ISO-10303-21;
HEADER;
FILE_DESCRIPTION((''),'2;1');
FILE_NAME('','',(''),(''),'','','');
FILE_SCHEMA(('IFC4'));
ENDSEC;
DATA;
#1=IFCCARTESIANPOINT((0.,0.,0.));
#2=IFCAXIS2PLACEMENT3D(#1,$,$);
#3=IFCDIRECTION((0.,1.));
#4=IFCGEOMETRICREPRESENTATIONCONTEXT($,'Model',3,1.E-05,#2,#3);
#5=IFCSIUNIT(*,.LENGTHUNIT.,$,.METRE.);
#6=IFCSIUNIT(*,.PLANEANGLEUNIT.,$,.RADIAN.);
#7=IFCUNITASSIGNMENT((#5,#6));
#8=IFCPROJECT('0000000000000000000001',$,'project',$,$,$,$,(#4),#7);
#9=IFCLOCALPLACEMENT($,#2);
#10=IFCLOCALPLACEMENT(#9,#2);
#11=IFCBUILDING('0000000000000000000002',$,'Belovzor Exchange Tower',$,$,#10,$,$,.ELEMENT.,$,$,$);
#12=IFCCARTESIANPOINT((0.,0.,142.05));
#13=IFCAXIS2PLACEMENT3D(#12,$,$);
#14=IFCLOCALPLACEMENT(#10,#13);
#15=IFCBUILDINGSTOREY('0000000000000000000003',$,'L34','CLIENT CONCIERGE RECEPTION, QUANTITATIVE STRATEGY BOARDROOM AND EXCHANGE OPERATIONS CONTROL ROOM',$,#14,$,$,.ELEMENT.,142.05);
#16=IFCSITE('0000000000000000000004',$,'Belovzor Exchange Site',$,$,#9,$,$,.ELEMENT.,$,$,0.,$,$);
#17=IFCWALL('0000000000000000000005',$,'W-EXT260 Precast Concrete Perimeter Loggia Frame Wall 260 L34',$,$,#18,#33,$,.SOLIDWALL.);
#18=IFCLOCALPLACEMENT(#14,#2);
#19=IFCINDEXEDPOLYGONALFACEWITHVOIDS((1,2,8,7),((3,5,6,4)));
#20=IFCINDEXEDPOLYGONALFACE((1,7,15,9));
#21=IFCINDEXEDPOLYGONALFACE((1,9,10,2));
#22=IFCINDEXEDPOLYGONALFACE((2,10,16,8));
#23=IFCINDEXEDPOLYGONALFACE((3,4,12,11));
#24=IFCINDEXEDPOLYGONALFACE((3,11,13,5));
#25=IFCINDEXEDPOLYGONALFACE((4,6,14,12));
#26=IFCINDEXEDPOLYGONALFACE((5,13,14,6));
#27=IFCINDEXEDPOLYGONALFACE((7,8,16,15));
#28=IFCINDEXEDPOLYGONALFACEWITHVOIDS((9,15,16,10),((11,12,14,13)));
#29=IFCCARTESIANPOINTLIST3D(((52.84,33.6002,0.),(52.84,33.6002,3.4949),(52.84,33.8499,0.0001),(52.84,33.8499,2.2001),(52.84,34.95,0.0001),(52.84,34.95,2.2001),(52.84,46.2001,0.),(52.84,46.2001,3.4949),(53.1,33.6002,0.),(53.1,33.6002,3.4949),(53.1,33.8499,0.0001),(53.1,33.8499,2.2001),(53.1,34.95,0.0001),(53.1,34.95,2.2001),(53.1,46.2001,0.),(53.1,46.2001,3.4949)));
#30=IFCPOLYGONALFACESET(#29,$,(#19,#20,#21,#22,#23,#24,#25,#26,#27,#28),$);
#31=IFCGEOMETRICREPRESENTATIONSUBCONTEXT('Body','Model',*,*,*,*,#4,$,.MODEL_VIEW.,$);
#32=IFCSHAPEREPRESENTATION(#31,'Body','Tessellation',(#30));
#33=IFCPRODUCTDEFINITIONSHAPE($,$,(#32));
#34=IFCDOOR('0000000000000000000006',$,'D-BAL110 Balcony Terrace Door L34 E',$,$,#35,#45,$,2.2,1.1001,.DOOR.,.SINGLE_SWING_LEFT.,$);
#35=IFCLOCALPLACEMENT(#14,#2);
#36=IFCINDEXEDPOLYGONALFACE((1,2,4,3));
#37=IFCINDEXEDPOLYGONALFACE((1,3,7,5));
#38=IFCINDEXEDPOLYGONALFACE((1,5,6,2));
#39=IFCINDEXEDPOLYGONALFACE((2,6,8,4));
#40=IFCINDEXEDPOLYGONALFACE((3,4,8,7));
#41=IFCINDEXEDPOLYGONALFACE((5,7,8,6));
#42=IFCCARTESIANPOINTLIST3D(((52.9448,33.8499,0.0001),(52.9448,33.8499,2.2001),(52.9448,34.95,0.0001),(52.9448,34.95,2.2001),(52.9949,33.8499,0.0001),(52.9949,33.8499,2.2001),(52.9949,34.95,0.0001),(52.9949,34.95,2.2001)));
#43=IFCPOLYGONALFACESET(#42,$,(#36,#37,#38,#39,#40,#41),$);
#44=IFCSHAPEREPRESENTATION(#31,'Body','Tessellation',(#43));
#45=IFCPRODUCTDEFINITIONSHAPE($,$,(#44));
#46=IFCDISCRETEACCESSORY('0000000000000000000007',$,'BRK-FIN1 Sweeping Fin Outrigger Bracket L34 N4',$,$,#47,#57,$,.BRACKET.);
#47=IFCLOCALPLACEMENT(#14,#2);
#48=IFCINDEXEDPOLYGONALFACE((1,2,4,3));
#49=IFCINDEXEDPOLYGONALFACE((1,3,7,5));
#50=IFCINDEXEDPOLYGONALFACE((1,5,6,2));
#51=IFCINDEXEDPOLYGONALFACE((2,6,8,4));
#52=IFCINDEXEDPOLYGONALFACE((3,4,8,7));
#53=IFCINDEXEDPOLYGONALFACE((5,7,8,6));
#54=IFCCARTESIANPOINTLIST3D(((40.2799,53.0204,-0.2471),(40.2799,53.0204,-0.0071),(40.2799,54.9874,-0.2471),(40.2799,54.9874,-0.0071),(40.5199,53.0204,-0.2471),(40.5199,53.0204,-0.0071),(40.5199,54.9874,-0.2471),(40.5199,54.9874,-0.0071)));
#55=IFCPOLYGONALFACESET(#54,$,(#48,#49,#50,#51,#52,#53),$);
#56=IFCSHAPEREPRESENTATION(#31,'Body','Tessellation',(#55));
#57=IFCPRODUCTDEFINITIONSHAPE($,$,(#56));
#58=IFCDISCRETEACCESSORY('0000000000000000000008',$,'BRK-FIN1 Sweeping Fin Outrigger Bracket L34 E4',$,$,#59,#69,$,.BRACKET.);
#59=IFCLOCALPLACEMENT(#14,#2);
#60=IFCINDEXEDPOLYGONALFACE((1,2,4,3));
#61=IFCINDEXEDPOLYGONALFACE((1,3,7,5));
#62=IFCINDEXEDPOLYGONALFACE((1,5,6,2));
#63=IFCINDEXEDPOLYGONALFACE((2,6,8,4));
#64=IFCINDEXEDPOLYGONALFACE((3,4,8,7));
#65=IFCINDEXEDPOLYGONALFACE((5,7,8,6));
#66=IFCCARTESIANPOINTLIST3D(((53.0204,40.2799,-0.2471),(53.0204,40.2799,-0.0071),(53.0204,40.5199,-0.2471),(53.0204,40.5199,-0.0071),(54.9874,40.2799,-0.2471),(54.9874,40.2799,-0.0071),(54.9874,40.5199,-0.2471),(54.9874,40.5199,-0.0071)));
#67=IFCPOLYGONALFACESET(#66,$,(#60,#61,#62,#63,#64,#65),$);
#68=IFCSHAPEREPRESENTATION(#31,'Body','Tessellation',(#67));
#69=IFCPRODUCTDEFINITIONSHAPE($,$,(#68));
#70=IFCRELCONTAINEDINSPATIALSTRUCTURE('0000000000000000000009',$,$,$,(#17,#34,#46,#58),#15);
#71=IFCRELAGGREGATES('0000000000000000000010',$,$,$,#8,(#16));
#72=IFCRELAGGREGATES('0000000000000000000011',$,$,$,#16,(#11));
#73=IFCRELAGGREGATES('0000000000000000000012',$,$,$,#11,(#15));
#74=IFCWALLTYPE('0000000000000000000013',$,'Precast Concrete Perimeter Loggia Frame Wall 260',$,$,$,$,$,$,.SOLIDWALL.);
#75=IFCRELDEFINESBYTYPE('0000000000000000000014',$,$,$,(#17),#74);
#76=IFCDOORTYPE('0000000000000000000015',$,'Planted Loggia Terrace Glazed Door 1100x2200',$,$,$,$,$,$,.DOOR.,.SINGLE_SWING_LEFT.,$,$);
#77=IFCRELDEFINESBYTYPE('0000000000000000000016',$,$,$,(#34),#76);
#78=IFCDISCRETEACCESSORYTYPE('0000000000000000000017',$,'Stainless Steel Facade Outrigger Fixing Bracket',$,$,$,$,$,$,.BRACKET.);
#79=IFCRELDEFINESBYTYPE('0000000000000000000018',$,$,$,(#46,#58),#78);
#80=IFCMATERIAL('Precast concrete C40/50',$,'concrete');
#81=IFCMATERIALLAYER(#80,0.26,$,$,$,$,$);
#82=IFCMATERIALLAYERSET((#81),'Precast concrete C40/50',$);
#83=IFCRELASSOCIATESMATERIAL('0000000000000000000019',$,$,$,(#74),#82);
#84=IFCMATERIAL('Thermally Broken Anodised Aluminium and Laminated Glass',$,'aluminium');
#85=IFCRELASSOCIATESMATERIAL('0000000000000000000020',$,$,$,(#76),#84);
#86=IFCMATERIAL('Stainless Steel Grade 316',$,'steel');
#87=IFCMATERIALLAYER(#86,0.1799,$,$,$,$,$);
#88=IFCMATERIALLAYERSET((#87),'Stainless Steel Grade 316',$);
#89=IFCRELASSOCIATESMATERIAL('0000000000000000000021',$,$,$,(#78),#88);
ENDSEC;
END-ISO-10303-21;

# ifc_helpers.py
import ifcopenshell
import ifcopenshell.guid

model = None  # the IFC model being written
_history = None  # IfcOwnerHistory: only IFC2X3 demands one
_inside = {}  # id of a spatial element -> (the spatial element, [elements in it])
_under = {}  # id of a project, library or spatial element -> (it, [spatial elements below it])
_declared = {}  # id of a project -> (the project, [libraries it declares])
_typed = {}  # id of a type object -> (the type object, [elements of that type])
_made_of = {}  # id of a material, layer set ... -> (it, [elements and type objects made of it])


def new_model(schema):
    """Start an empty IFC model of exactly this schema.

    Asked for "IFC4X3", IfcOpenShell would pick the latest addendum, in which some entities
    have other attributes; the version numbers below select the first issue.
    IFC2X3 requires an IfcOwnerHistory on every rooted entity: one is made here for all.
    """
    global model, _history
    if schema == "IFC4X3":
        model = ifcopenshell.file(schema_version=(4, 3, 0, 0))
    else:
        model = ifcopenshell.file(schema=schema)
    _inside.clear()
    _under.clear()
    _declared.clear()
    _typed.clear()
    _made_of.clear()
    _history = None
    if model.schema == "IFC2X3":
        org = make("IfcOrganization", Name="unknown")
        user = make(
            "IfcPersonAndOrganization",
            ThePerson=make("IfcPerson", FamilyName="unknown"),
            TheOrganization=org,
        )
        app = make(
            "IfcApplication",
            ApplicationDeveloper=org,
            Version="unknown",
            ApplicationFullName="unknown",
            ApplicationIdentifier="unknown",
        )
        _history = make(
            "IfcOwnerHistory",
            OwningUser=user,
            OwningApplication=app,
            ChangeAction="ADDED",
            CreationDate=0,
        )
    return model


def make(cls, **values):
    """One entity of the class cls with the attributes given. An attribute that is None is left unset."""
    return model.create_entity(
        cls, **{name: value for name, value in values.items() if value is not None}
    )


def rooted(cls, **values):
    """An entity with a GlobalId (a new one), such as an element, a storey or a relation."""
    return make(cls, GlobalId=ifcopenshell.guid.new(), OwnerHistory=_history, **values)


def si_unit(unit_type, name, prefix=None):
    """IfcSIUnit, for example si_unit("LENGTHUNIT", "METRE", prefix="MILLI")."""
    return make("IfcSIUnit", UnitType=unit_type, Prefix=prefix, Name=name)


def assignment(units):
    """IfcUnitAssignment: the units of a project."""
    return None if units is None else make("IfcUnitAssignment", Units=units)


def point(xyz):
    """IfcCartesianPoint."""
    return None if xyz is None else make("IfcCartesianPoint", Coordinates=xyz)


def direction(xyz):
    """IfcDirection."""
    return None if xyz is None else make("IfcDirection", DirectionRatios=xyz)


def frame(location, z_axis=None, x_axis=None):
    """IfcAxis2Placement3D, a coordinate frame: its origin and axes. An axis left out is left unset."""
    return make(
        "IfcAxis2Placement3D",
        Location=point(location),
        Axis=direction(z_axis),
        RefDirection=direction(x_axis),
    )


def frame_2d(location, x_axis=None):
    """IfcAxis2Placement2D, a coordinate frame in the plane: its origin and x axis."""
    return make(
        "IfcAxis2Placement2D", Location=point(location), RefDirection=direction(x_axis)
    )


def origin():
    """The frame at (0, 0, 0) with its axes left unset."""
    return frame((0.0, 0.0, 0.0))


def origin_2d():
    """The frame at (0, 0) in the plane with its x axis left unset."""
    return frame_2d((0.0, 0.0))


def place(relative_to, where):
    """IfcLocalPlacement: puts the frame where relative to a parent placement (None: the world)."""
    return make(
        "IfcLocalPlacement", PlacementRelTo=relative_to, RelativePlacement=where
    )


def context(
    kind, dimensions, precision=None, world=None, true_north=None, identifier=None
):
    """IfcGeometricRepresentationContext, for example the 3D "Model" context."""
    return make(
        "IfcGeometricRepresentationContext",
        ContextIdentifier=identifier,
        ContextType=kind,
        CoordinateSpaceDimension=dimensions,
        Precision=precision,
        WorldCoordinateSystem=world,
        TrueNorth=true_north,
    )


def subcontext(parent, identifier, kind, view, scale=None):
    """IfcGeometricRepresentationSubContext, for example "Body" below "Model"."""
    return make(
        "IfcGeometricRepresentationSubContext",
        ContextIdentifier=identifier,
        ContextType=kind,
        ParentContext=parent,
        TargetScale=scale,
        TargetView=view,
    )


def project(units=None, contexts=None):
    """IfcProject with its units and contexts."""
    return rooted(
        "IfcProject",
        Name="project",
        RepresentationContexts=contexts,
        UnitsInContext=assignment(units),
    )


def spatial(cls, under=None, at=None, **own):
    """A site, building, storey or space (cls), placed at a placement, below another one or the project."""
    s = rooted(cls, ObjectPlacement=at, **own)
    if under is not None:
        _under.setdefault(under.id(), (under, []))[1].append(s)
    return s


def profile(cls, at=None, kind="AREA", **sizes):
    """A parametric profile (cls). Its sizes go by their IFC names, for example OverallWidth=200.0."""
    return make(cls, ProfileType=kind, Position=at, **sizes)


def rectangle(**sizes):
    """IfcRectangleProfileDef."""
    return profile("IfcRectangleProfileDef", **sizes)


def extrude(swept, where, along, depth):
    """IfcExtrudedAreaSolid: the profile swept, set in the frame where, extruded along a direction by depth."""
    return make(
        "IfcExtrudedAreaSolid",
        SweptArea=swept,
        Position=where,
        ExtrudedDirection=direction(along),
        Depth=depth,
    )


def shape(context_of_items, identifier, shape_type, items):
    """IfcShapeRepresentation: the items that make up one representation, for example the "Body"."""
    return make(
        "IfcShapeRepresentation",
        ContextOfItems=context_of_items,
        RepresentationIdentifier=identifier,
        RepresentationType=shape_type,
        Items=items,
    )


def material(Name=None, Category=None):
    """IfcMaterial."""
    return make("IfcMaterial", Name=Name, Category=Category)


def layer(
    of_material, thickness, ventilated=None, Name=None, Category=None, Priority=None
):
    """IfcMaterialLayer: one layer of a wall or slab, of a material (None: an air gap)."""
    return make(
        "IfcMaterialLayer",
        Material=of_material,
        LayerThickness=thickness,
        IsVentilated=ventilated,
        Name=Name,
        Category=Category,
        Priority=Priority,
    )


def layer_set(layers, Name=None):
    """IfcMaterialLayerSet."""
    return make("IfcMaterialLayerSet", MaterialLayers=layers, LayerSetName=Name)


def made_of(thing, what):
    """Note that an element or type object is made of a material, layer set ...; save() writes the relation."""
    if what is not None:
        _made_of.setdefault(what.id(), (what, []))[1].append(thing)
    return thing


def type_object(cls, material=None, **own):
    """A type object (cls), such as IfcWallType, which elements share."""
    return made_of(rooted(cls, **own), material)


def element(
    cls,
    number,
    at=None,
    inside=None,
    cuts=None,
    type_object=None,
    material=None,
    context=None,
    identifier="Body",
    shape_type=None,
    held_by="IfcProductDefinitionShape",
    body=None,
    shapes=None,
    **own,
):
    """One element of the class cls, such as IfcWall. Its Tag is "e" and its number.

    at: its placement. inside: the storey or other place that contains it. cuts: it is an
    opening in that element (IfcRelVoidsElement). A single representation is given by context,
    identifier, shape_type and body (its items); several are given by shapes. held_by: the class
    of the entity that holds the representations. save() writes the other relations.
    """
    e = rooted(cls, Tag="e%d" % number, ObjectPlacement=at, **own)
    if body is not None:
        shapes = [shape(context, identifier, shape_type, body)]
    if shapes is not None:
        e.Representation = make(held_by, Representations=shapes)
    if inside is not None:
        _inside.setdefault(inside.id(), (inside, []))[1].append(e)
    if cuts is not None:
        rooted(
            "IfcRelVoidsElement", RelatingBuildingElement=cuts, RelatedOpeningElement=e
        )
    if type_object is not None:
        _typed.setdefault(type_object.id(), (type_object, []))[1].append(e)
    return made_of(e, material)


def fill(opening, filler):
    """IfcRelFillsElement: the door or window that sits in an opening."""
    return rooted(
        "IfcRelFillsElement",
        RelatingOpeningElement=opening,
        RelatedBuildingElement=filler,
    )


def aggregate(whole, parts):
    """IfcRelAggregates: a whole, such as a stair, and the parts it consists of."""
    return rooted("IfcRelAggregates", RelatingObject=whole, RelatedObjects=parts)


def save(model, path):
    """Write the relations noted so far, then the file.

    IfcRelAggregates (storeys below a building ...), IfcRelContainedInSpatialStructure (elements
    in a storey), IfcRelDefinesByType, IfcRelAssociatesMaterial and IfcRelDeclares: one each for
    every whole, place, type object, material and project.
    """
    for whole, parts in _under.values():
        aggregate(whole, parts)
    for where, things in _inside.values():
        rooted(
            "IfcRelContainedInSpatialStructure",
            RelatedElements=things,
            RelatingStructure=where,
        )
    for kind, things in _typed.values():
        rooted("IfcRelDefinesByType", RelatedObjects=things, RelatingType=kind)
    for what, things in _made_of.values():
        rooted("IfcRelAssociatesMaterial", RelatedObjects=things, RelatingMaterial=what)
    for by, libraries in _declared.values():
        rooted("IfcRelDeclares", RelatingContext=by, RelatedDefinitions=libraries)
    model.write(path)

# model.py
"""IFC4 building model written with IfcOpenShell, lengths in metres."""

from ifc_helpers import new_model, si_unit, direction, frame, frame_2d, origin, origin_2d, place, context, subcontext, project, spatial, rectangle, extrude, material, layer, layer_set, type_object, element, fill, save


model = new_model("IFC4")

# Units and contexts
model_context = context("Model", 3, precision=1e-05, world=origin(), true_north=direction((0.0, 1.0)))
body_context = subcontext(model_context, "Body", "Model", "MODEL_VIEW")
ifc_project = project(units=[si_unit("LENGTHUNIT", "METRE"), si_unit("PLANEANGLEUNIT", "RADIAN")], contexts=[model_context])

# Site, building, storey
site_placement = place(None, origin())
site = spatial("IfcSite", under=ifc_project, at=site_placement, Name="Belovzor Exchange Site", CompositionType="ELEMENT", RefElevation=0.0)
building_placement = place(site_placement, origin())
building = spatial("IfcBuilding", under=site, at=building_placement, Name="Belovzor Exchange Tower", CompositionType="ELEMENT")
storey_placement = place(building_placement, frame((0.0, 0.0, 142.05)))
storey = spatial("IfcBuildingStorey", under=building, at=storey_placement, Name="L34", Description="CLIENT CONCIERGE RECEPTION, QUANTITATIVE STRATEGY BOARDROOM AND EXCHANGE OPERATIONS CONTROL ROOM", CompositionType="ELEMENT", Elevation=142.05)

# Wall, opening, door
ifc_material_1 = material(Name="Precast concrete C40/50", Category="concrete")
ifc_layer_1 = layer(ifc_material_1, 0.26)
ifc_layer_set_1 = layer_set([ifc_layer_1], Name="Precast concrete C40/50")
wall_type_1 = type_object("IfcWallType", Name="Precast Concrete Perimeter Loggia Frame Wall 260", PredefinedType="SOLIDWALL", material=ifc_layer_set_1)
wall_1_placement = place(storey_placement, frame((52.97, 46.2, 0.0), z_axis=(0.0, 0.0, 1.0), x_axis=(0.0, -1.0, 0.0)))
wall_1 = element("IfcWall", 1, at=wall_1_placement, inside=storey, type_object=wall_type_1, Name="W-EXT260 Precast Concrete Perimeter Loggia Frame Wall 260 L34", PredefinedType="SOLIDWALL", context=body_context, shape_type="SweptSolid", body=[
    extrude(rectangle(XDim=12.5999, YDim=0.26, at=frame_2d((6.2998, 0.0))), origin(), (0.0, 0.0, 1.0), 3.4949),
])
opening_1_placement = place(wall_1_placement, frame((11.25, 0.0, 0.0)))
opening_1 = element("IfcOpeningElement", 2, at=opening_1_placement, cuts=wall_1, PredefinedType="OPENING", context=body_context, shape_type="SweptSolid", body=[
    extrude(rectangle(XDim=1.1001, YDim=2.2, at=frame_2d((0.55, 1.1001))), frame((0.0, 0.1399, 0.0), z_axis=(0.0, -1.0, 0.0), x_axis=(1.0, 0.0, 0.0)), (0.0, 0.0, 1.0), 0.28),
])
ifc_material_2 = material(Name="Thermally Broken Anodised Aluminium and Laminated Glass", Category="aluminium")
door_type_1 = type_object("IfcDoorType", Name="Planted Loggia Terrace Glazed Door 1100x2200", OperationType="SINGLE_SWING_LEFT", PredefinedType="DOOR", material=ifc_material_2)
door_1_placement = place(opening_1_placement, origin())
door_1 = element("IfcDoor", 3, at=door_1_placement, inside=storey, type_object=door_type_1, Name="D-BAL110 Balcony Terrace Door L34 E", OperationType="SINGLE_SWING_LEFT", OverallHeight=2.2, OverallWidth=1.1001, PredefinedType="DOOR", context=body_context, shape_type="SweptSolid", body=[
    extrude(rectangle(XDim=1.1001, YDim=2.2, at=frame_2d((0.55, 1.1001))), frame((0.0, 0.0249, 0.0), z_axis=(0.0, -1.0, 0.0), x_axis=(1.0, 0.0, 0.0)), (0.0, 0.0, 1.0), 0.05),
])
fill(opening_1, door_1)

# Discrete accessories
ifc_material_3 = material(Name="Stainless Steel Grade 316", Category="steel")
ifc_layer_2 = layer(ifc_material_3, 0.1799)
ifc_layer_set_2 = layer_set([ifc_layer_2], Name="Stainless Steel Grade 316")
discrete_accessory_type = type_object("IfcDiscreteAccessoryType", Name="Stainless Steel Facade Outrigger Fixing Bracket", PredefinedType="BRACKET", material=ifc_layer_set_2)
for number, where, z_axis, x_axis, name in (
    (4, (40.3999, 54.0039, -0.2471), (0.0, 0.0, 1.0), (0.0, 1.0, 0.0), "BRK-FIN1 Sweeping Fin Outrigger Bracket L34 N4"),
    (5, (54.0039, 40.3999, -0.2471), (0.0, 0.0, 1.0), (1.0, 0.0, 0.0), "BRK-FIN1 Sweeping Fin Outrigger Bracket L34 E4"),
):
    element("IfcDiscreteAccessory", number, at=place(storey_placement, frame(where, z_axis=z_axis, x_axis=x_axis)), inside=storey, type_object=discrete_accessory_type, Name=name, PredefinedType="BRACKET", context=body_context, shape_type="SweptSolid", body=[
        extrude(rectangle(XDim=1.967, YDim=0.24, at=origin_2d()), origin(), (0.0, 0.0, 1.0), 0.24),
    ])

save(model, "model.ifc")
